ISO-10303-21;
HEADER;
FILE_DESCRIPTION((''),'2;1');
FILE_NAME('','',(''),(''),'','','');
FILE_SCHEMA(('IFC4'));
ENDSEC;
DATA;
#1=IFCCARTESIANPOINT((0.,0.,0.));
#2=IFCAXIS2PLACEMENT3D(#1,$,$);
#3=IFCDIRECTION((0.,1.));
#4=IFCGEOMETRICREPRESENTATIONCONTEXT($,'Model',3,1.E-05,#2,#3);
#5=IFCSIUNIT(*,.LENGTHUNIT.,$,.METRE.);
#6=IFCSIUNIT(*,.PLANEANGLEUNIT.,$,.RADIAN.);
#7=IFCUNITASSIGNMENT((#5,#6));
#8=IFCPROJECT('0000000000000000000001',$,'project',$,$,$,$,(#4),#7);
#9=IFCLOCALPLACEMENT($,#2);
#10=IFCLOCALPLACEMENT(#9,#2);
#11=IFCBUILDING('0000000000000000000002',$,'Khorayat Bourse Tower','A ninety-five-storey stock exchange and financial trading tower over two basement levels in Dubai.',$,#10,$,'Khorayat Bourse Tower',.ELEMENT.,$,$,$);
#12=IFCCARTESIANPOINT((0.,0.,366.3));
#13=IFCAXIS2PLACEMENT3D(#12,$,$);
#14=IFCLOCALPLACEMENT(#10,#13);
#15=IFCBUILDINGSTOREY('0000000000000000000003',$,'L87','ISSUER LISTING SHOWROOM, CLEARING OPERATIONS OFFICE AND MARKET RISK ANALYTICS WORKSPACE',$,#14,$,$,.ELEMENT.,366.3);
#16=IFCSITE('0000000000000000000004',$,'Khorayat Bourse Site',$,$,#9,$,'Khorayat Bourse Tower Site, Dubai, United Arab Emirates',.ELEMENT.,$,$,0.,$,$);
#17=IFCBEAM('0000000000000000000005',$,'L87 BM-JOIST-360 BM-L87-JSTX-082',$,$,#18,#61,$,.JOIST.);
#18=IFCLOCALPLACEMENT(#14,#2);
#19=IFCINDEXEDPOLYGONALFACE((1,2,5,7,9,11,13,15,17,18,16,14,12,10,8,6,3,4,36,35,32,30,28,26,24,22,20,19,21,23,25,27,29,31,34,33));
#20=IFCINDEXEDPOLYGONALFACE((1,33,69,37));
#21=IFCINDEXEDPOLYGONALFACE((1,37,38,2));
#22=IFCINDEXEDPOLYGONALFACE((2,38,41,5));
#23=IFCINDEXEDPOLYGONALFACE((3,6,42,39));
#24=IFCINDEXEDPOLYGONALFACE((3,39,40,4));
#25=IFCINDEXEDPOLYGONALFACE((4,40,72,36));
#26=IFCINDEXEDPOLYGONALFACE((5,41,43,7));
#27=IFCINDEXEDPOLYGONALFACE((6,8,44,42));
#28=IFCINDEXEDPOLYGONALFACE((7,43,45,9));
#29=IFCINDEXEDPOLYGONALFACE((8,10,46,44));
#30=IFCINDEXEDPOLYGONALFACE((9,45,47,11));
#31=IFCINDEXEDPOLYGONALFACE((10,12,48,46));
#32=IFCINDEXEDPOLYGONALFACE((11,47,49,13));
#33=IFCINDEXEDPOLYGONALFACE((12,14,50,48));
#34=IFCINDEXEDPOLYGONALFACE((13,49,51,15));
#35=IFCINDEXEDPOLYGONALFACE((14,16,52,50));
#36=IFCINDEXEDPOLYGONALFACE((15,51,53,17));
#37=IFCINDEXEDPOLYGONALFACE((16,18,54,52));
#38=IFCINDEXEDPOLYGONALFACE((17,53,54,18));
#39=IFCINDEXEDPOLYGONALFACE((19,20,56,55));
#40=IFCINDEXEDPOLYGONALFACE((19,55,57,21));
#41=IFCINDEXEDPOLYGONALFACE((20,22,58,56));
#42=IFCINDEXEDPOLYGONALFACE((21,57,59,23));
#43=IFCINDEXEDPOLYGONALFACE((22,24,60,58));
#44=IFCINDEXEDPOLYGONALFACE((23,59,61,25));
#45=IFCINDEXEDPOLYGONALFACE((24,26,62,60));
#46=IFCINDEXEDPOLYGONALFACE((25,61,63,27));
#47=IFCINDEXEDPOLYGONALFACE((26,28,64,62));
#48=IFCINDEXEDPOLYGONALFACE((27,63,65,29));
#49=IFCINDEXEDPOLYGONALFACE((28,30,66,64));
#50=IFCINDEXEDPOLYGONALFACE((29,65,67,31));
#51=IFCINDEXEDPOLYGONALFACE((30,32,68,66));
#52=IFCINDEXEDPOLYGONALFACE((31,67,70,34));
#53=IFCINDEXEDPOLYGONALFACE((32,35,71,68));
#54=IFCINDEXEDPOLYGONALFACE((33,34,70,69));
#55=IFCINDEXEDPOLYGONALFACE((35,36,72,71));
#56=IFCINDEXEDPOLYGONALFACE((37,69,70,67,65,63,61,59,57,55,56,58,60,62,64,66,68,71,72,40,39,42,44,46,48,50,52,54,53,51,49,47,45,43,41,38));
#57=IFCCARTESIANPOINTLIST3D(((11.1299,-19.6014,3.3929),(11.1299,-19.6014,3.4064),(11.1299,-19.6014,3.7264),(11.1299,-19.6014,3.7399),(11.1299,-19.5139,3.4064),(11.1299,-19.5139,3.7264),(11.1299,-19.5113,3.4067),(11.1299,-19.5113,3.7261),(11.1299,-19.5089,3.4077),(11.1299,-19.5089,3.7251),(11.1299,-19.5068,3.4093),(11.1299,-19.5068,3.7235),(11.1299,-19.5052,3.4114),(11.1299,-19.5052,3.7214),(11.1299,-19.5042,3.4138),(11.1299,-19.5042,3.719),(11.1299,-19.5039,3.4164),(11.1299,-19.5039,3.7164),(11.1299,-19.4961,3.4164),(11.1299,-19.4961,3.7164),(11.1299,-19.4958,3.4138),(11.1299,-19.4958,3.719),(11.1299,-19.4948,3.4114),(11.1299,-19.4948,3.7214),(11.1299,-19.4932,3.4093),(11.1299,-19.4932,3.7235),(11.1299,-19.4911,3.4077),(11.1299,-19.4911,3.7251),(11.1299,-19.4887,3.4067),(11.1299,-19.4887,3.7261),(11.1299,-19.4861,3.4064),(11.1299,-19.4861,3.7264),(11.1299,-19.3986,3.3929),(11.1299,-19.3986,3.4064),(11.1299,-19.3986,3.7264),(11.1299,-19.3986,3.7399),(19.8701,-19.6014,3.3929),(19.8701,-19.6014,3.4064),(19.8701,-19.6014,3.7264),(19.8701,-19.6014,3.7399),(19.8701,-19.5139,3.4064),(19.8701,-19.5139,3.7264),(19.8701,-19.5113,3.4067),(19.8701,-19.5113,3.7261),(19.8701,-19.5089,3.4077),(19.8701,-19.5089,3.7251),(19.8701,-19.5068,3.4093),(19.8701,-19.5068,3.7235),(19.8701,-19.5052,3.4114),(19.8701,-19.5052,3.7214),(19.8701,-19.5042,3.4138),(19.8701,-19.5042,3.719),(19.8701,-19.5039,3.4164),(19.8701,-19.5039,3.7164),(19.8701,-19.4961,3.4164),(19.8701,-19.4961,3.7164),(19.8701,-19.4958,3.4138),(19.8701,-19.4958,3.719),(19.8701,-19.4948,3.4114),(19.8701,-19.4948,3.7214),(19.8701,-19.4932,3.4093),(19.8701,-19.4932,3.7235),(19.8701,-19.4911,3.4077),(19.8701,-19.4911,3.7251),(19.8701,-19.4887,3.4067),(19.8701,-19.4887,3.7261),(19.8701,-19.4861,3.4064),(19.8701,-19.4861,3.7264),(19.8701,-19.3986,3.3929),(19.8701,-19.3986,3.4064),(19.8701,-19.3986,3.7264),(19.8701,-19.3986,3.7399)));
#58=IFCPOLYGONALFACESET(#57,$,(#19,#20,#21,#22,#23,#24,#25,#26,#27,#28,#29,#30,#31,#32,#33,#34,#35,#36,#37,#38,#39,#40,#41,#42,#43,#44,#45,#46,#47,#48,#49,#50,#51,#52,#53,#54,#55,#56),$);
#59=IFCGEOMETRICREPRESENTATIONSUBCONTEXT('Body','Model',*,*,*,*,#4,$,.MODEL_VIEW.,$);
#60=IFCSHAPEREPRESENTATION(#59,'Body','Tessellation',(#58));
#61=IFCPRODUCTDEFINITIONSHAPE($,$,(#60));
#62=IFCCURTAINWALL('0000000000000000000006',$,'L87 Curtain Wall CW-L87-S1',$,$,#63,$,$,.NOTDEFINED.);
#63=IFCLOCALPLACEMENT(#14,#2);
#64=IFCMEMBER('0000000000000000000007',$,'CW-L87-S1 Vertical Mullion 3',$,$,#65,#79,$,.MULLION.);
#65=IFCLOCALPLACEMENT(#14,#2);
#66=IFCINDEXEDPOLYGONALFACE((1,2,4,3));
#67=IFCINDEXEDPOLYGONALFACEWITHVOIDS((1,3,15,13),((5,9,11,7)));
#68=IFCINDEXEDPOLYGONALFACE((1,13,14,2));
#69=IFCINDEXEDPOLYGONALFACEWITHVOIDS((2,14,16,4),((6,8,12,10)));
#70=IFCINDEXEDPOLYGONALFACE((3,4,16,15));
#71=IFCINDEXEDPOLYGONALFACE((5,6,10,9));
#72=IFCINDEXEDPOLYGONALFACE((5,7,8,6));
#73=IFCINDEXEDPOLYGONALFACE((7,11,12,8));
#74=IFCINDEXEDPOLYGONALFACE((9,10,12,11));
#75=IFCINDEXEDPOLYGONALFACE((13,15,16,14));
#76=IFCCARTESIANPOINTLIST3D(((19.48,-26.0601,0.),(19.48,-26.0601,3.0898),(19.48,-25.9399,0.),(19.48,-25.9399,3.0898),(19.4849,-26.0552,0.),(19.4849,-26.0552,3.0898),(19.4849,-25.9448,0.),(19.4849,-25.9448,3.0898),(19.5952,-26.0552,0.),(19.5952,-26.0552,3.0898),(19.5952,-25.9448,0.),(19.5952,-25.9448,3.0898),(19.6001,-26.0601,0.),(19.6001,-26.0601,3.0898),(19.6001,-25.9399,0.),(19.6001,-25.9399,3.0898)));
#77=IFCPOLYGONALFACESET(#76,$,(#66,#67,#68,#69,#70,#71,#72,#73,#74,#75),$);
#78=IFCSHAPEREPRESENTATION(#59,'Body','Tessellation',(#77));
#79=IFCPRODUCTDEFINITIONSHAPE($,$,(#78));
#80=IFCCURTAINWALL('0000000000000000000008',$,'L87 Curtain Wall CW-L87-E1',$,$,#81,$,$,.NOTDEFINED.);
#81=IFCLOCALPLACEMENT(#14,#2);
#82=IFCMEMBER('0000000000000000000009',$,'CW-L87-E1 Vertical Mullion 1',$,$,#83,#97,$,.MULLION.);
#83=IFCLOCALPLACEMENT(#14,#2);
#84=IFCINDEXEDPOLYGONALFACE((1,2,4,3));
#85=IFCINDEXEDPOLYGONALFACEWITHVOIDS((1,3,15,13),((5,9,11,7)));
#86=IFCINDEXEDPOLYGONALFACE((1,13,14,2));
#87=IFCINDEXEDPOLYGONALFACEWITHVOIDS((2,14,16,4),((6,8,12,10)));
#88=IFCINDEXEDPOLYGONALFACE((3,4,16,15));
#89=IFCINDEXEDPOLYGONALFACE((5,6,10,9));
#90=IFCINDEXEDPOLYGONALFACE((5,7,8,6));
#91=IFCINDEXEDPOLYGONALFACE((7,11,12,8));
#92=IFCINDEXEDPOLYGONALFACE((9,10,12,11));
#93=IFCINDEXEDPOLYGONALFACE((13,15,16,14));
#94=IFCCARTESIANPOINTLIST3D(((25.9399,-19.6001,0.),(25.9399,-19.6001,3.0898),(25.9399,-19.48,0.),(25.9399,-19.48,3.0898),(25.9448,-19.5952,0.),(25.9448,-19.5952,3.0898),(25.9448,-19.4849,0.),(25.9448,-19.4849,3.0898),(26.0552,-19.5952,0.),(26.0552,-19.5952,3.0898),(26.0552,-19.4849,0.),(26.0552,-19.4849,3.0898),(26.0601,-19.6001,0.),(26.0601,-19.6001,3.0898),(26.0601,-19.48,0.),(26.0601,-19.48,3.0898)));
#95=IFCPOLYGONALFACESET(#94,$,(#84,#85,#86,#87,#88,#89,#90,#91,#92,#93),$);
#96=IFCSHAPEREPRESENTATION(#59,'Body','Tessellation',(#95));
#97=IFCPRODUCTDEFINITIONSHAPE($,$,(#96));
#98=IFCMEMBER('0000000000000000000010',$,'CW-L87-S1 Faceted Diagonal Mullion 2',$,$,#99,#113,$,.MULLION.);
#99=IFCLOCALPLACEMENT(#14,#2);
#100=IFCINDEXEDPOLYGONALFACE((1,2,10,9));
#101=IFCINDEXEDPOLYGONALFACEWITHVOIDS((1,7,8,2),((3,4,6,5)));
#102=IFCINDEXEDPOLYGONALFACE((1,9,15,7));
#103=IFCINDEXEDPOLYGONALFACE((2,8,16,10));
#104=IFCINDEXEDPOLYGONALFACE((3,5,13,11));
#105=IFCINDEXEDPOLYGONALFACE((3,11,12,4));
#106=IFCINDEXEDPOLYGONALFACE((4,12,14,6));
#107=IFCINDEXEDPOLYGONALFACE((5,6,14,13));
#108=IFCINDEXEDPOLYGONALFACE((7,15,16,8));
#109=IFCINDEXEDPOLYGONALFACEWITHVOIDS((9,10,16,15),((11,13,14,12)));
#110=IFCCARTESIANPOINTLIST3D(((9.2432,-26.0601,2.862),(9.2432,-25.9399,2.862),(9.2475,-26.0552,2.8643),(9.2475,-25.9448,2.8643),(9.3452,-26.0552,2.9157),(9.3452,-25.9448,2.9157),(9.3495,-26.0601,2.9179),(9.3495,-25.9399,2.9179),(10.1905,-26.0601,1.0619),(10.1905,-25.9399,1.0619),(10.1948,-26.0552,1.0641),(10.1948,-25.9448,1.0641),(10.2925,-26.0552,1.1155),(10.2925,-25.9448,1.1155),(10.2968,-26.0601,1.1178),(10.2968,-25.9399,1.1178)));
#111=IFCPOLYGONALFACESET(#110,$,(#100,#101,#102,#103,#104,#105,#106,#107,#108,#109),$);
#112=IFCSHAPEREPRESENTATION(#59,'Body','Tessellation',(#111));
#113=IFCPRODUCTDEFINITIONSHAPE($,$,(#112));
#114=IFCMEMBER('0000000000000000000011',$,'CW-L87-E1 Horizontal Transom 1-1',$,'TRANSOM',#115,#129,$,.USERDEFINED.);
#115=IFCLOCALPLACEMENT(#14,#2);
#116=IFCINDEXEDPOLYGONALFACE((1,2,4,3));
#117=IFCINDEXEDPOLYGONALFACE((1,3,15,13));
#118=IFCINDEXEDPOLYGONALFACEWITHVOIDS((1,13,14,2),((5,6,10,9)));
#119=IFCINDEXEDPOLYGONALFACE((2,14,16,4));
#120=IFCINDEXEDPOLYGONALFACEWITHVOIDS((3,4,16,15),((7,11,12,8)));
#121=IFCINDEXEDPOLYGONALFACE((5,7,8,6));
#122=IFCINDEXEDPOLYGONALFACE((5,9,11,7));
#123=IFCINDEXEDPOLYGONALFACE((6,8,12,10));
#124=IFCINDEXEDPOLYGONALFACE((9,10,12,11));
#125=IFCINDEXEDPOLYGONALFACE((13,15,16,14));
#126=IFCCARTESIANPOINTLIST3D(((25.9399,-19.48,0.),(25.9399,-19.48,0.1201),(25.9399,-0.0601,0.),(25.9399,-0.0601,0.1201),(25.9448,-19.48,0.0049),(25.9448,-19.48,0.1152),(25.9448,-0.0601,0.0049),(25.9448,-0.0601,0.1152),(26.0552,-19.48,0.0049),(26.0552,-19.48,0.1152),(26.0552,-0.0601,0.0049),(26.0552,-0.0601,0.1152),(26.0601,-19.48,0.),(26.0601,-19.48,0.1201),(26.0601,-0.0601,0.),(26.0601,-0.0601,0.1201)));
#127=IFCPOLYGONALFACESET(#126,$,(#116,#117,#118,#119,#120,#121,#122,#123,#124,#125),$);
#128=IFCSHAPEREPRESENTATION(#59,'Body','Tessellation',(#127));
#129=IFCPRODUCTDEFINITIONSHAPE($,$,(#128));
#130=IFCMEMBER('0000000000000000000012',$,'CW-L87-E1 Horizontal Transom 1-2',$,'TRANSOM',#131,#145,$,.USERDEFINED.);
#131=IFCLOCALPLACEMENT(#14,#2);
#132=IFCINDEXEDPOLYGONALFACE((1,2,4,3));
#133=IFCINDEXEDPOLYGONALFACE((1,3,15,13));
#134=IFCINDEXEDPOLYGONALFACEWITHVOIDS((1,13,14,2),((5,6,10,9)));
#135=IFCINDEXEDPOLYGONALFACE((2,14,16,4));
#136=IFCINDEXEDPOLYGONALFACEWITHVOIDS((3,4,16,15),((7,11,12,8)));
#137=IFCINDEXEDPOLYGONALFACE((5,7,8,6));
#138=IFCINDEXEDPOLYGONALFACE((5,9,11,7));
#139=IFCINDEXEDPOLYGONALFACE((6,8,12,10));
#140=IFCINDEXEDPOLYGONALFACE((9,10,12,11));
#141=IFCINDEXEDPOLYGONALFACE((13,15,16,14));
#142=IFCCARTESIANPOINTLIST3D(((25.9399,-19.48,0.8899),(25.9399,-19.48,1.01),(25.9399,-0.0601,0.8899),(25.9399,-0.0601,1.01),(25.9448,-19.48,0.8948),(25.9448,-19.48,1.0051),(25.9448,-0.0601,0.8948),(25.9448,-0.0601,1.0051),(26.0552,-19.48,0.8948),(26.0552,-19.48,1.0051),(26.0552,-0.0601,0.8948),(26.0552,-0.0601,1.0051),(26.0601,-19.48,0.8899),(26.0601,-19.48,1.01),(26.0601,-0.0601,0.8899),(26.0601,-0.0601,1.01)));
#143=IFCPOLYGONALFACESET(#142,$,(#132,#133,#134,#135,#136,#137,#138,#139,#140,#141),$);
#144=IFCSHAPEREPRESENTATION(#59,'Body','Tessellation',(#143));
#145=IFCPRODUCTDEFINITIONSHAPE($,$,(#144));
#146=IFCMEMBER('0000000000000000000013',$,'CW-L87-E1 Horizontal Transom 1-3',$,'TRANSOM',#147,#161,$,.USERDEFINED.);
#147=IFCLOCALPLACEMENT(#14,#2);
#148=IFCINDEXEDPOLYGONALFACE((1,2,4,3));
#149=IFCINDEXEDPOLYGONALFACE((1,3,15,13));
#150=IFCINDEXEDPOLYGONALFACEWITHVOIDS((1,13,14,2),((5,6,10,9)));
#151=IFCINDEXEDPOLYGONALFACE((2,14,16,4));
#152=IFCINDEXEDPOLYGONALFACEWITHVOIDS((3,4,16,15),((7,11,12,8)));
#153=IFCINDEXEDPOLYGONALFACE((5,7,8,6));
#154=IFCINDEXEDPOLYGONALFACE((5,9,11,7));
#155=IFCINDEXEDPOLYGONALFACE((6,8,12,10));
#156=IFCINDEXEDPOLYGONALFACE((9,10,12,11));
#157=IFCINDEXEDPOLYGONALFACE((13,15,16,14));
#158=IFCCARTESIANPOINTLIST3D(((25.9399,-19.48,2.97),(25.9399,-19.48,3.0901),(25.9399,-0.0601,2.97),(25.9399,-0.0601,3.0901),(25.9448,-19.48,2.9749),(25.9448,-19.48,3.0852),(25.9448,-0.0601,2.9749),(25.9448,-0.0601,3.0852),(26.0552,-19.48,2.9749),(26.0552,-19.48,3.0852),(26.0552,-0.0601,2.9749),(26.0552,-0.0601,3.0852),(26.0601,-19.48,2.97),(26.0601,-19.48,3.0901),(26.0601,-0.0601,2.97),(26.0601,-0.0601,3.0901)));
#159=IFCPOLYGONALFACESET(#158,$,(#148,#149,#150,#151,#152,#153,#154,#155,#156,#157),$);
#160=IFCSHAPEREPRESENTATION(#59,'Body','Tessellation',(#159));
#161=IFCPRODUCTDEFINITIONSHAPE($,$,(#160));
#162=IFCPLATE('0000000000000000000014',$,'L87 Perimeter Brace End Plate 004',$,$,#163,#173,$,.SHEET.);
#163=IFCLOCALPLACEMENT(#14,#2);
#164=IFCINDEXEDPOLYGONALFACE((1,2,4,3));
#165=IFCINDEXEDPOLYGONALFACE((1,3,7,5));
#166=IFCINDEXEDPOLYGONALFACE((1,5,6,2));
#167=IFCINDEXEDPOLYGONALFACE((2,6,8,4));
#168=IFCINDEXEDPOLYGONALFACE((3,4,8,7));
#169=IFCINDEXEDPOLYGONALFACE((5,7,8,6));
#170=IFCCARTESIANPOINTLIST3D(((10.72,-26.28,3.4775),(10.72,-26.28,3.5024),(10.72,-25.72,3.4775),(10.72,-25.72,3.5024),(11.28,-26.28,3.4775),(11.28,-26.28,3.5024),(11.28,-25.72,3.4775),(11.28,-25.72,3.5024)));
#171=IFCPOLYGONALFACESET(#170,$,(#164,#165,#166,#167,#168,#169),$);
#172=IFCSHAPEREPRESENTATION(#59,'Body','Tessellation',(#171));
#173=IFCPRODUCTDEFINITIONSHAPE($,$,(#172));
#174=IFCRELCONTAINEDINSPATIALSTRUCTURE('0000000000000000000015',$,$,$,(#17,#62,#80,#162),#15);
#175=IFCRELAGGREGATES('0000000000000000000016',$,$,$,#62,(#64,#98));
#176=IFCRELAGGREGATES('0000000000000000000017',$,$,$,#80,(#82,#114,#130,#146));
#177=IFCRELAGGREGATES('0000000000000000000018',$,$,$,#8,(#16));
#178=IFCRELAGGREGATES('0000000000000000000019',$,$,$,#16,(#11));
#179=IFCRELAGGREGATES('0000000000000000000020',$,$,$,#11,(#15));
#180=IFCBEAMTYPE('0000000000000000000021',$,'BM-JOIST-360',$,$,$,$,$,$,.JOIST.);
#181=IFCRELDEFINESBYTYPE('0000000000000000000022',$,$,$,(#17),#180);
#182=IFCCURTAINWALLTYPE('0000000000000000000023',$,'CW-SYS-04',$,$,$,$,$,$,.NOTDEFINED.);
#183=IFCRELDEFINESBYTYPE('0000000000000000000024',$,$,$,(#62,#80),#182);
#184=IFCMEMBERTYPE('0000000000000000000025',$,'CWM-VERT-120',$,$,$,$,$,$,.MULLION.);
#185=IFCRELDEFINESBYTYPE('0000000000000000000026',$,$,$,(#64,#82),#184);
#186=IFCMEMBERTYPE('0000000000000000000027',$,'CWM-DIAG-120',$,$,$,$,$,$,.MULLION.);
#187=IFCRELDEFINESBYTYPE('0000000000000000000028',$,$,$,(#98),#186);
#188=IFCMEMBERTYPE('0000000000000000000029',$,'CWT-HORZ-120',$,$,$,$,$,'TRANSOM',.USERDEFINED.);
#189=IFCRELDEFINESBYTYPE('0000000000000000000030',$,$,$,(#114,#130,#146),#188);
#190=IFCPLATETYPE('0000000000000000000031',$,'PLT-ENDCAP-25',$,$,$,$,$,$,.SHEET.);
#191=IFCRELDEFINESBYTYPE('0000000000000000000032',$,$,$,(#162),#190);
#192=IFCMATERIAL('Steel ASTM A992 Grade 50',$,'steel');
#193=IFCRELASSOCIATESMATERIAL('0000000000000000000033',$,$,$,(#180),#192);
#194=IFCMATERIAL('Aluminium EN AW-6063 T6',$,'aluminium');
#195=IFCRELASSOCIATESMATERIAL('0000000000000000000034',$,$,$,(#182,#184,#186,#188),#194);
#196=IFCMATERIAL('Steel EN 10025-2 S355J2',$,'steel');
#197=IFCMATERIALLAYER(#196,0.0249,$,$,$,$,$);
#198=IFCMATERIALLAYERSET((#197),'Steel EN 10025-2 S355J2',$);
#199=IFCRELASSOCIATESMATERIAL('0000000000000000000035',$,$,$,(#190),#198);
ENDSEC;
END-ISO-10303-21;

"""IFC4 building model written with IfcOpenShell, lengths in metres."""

from ifc_helpers import new_model, si_unit, direction, frame, origin, origin_2d, place, context, subcontext, project, spatial, rectangle, hollow_rectangle, i_section, extrude, source, transform, mapped, material, layer, layer_set, material_profile, profile_set, type_object, element, aggregate, save


model = new_model("IFC4")

# Units and contexts
model_context = context("Model", 3, precision=1e-05, world=origin(), true_north=direction((0.0, 1.0)))
body_context = subcontext(model_context, "Body", "Model", "MODEL_VIEW")
ifc_project = project(units=[si_unit("LENGTHUNIT", "METRE"), si_unit("PLANEANGLEUNIT", "RADIAN")], contexts=[model_context])

# Site, building, storey
site_placement = place(None, origin())
site = spatial("IfcSite", under=ifc_project, at=site_placement, Name="Khorayat Bourse Site", LongName="Khorayat Bourse Tower Site, Dubai, United Arab Emirates", CompositionType="ELEMENT", RefElevation=0.0)
building_placement = place(site_placement, origin())
building = spatial("IfcBuilding", under=site, at=building_placement, Name="Khorayat Bourse Tower", Description="A ninety-five-storey stock exchange and financial trading tower over two basement levels in Dubai.", LongName="Khorayat Bourse Tower", CompositionType="ELEMENT")
storey_placement = place(building_placement, frame((0.0, 0.0, 366.3)))
storey = spatial("IfcBuildingStorey", under=building, at=storey_placement, Name="L87", Description="ISSUER LISTING SHOWROOM, CLEARING OPERATIONS OFFICE AND MARKET RISK ANALYTICS WORKSPACE", CompositionType="ELEMENT", Elevation=366.3)

# Shared definitions
ifc_material_1 = material(Name="Steel EN 10025-2 S355J2", Category="steel")

# Beam
ifc_material_2 = material(Name="Steel ASTM A992 Grade 50", Category="steel")
ifc_material_profile_1 = material_profile(ifc_material_2, i_section(OverallWidth=0.2029, OverallDepth=0.3469, WebThickness=0.0078, FlangeThickness=0.0134, FilletRadius=0.01, at=origin_2d()), Name="W360X64")
ifc_profile_set_1 = profile_set([ifc_material_profile_1], Name="Steel ASTM A992 Grade 50")
beam_type_1 = type_object("IfcBeamType", Name="BM-JOIST-360", PredefinedType="JOIST", material=ifc_profile_set_1)
shared_shape_1 = source(origin(), body_context, "Body", "SweptSolid", [
    extrude(i_section(OverallWidth=0.2029, OverallDepth=0.3469, WebThickness=0.0078, FlangeThickness=0.0134, FilletRadius=0.01, at=origin_2d()), origin(), (0.0, 0.0, 1.0), 8.7402),
])
beam_1_placement = place(storey_placement, frame((11.1299, -19.5, 3.5664), z_axis=(1.0, 0.0, 0.0), x_axis=(0.0, 1.0, 0.0)))
element("IfcBeam", 1, at=beam_1_placement, inside=storey, type_object=beam_type_1, Name="L87 BM-JOIST-360 BM-L87-JSTX-082", PredefinedType="JOIST", context=body_context, shape_type="MappedRepresentation", body=[
    mapped(shared_shape_1, transform((0.0, 0.0, 0.0), scale=1.0)),
])

# Curtain walls, members
ifc_material_3 = material(Name="Aluminium EN AW-6063 T6", Category="aluminium")
curtain_wall_type = type_object("IfcCurtainWallType", Name="CW-SYS-04", PredefinedType="NOTDEFINED", material=ifc_material_3)
curtain_wall_1_placement = place(storey_placement, origin())
curtain_wall_1 = element("IfcCurtainWall", 2, at=curtain_wall_1_placement, inside=storey, type_object=curtain_wall_type, Name="L87 Curtain Wall CW-L87-S1", PredefinedType="NOTDEFINED")
ifc_material_profile_2 = material_profile(ifc_material_3, hollow_rectangle(XDim=0.1201, YDim=0.1201, WallThickness=0.0049, at=origin_2d()), Name="ALU 120x120x5")
ifc_profile_set_2 = profile_set([ifc_material_profile_2], Name="Aluminium EN AW-6063 T6")
member_type_1 = type_object("IfcMemberType", Name="CWM-VERT-120", PredefinedType="MULLION", material=ifc_profile_set_2)
shared_shape_2 = source(origin(), body_context, "Body", "SweptSolid", [
    extrude(hollow_rectangle(XDim=0.1201, YDim=0.1201, WallThickness=0.0049, at=origin_2d()), origin(), (0.0, 0.0, 1.0), 3.0898),
])
member_1_placement = place(storey_placement, frame((19.54, -26.0, 0.0), z_axis=(0.0, 0.0, 1.0), x_axis=(0.0, 1.0, 0.0)))
member_1 = element("IfcMember", 3, at=member_1_placement, type_object=member_type_1, Name="CW-L87-S1 Vertical Mullion 3", PredefinedType="MULLION", context=body_context, shape_type="MappedRepresentation", body=[
    mapped(shared_shape_2, transform((0.0, 0.0, 0.0), scale=1.0)),
])
curtain_wall_2_placement = place(storey_placement, origin())
curtain_wall_2 = element("IfcCurtainWall", 4, at=curtain_wall_2_placement, inside=storey, type_object=curtain_wall_type, Name="L87 Curtain Wall CW-L87-E1", PredefinedType="NOTDEFINED")
member_2_placement = place(storey_placement, frame((26.0, -19.54, 0.0), z_axis=(0.0, 0.0, 1.0), x_axis=(-1.0, 0.0, 0.0)))
member_2 = element("IfcMember", 5, at=member_2_placement, type_object=member_type_1, Name="CW-L87-E1 Vertical Mullion 1", PredefinedType="MULLION", context=body_context, shape_type="MappedRepresentation", body=[
    mapped(shared_shape_2, transform((0.0, 0.0, 0.0), scale=1.0)),
])

# Members
ifc_material_profile_3 = material_profile(ifc_material_3, hollow_rectangle(XDim=0.1201, YDim=0.1201, WallThickness=0.0049, at=origin_2d()), Name="ALU 120x120x5")
ifc_profile_set_3 = profile_set([ifc_material_profile_3], Name="Aluminium EN AW-6063 T6")
member_type_2 = type_object("IfcMemberType", Name="CWM-DIAG-120", PredefinedType="MULLION", material=ifc_profile_set_3)
shared_shape_3 = source(origin(), body_context, "Body", "SweptSolid", [
    extrude(hollow_rectangle(XDim=0.1201, YDim=0.1201, WallThickness=0.0049, at=origin_2d()), origin(), (0.0, 0.0, 1.0), 2.0342),
])
member_3_placement = place(storey_placement, frame((10.2437, -26.0, 1.0898), z_axis=(-0.465697, 0.0, 0.884944), x_axis=(0.0, -1.0, 0.0)))
member_3 = element("IfcMember", 6, at=member_3_placement, type_object=member_type_2, Name="CW-L87-S1 Faceted Diagonal Mullion 2", PredefinedType="MULLION", context=body_context, shape_type="MappedRepresentation", body=[
    mapped(shared_shape_3, transform((0.0, 0.0, 0.0), scale=1.0)),
])
aggregate(curtain_wall_1, [member_1, member_3])
ifc_material_profile_4 = material_profile(ifc_material_3, hollow_rectangle(XDim=0.1201, YDim=0.1201, WallThickness=0.0049, at=origin_2d()), Name="ALU 120x120x5")
ifc_profile_set_4 = profile_set([ifc_material_profile_4], Name="Aluminium EN AW-6063 T6")
member_type_3 = type_object("IfcMemberType", Name="CWT-HORZ-120", ElementType="TRANSOM", PredefinedType="USERDEFINED", material=ifc_profile_set_4)
shared_shape_4 = source(origin(), body_context, "Body", "SweptSolid", [
    extrude(hollow_rectangle(XDim=0.1201, YDim=0.1201, WallThickness=0.0049, at=origin_2d()), origin(), (0.0, 0.0, 1.0), 19.4199),
])
member_4_placement = place(storey_placement, frame((26.0, -19.48, 0.0601), z_axis=(0.0, 1.0, 0.0), x_axis=(-1.0, 0.0, 0.0)))
member_4 = element("IfcMember", 7, at=member_4_placement, type_object=member_type_3, Name="CW-L87-E1 Horizontal Transom 1-1", ObjectType="TRANSOM", PredefinedType="USERDEFINED", context=body_context, shape_type="MappedRepresentation", body=[
    mapped(shared_shape_4, transform((0.0, 0.0, 0.0), scale=1.0)),
])
member_5_placement = place(storey_placement, frame((26.0, -19.48, 0.95), z_axis=(0.0, 1.0, 0.0), x_axis=(-1.0, 0.0, 0.0)))
member_5 = element("IfcMember", 8, at=member_5_placement, type_object=member_type_3, Name="CW-L87-E1 Horizontal Transom 1-2", ObjectType="TRANSOM", PredefinedType="USERDEFINED", context=body_context, shape_type="MappedRepresentation", body=[
    mapped(shared_shape_4, transform((0.0, 0.0, 0.0), scale=1.0)),
])
member_6_placement = place(storey_placement, frame((26.0, -19.48, 3.03), z_axis=(0.0, 1.0, 0.0), x_axis=(-1.0, 0.0, 0.0)))
member_6 = element("IfcMember", 9, at=member_6_placement, type_object=member_type_3, Name="CW-L87-E1 Horizontal Transom 1-3", ObjectType="TRANSOM", PredefinedType="USERDEFINED", context=body_context, shape_type="MappedRepresentation", body=[
    mapped(shared_shape_4, transform((0.0, 0.0, 0.0), scale=1.0)),
])
aggregate(curtain_wall_2, [member_2, member_4, member_5, member_6])

# Plate
ifc_layer_1 = layer(ifc_material_1, 0.0249)
ifc_layer_set_1 = layer_set([ifc_layer_1], Name="Steel EN 10025-2 S355J2")
plate_type = type_object("IfcPlateType", Name="PLT-ENDCAP-25", PredefinedType="SHEET", material=ifc_layer_set_1)
shared_shape_5 = source(origin(), body_context, "Body", "SweptSolid", [
    extrude(rectangle(XDim=0.5601, YDim=0.5601, at=origin_2d()), origin(), (0.0, 0.0, 1.0), 0.0249),
])
plate_placement = place(storey_placement, frame((11.0, -26.0, 3.4775), z_axis=(0.0, 0.0, 1.0), x_axis=(1.0, 0.0, 0.0)))
element("IfcPlate", 10, at=plate_placement, inside=storey, type_object=plate_type, Name="L87 Perimeter Brace End Plate 004", PredefinedType="SHEET", context=body_context, shape_type="MappedRepresentation", body=[
    mapped(shared_shape_5, transform((0.0, 0.0, 0.0), scale=1.0)),
])

save(model, "model.ifc")
